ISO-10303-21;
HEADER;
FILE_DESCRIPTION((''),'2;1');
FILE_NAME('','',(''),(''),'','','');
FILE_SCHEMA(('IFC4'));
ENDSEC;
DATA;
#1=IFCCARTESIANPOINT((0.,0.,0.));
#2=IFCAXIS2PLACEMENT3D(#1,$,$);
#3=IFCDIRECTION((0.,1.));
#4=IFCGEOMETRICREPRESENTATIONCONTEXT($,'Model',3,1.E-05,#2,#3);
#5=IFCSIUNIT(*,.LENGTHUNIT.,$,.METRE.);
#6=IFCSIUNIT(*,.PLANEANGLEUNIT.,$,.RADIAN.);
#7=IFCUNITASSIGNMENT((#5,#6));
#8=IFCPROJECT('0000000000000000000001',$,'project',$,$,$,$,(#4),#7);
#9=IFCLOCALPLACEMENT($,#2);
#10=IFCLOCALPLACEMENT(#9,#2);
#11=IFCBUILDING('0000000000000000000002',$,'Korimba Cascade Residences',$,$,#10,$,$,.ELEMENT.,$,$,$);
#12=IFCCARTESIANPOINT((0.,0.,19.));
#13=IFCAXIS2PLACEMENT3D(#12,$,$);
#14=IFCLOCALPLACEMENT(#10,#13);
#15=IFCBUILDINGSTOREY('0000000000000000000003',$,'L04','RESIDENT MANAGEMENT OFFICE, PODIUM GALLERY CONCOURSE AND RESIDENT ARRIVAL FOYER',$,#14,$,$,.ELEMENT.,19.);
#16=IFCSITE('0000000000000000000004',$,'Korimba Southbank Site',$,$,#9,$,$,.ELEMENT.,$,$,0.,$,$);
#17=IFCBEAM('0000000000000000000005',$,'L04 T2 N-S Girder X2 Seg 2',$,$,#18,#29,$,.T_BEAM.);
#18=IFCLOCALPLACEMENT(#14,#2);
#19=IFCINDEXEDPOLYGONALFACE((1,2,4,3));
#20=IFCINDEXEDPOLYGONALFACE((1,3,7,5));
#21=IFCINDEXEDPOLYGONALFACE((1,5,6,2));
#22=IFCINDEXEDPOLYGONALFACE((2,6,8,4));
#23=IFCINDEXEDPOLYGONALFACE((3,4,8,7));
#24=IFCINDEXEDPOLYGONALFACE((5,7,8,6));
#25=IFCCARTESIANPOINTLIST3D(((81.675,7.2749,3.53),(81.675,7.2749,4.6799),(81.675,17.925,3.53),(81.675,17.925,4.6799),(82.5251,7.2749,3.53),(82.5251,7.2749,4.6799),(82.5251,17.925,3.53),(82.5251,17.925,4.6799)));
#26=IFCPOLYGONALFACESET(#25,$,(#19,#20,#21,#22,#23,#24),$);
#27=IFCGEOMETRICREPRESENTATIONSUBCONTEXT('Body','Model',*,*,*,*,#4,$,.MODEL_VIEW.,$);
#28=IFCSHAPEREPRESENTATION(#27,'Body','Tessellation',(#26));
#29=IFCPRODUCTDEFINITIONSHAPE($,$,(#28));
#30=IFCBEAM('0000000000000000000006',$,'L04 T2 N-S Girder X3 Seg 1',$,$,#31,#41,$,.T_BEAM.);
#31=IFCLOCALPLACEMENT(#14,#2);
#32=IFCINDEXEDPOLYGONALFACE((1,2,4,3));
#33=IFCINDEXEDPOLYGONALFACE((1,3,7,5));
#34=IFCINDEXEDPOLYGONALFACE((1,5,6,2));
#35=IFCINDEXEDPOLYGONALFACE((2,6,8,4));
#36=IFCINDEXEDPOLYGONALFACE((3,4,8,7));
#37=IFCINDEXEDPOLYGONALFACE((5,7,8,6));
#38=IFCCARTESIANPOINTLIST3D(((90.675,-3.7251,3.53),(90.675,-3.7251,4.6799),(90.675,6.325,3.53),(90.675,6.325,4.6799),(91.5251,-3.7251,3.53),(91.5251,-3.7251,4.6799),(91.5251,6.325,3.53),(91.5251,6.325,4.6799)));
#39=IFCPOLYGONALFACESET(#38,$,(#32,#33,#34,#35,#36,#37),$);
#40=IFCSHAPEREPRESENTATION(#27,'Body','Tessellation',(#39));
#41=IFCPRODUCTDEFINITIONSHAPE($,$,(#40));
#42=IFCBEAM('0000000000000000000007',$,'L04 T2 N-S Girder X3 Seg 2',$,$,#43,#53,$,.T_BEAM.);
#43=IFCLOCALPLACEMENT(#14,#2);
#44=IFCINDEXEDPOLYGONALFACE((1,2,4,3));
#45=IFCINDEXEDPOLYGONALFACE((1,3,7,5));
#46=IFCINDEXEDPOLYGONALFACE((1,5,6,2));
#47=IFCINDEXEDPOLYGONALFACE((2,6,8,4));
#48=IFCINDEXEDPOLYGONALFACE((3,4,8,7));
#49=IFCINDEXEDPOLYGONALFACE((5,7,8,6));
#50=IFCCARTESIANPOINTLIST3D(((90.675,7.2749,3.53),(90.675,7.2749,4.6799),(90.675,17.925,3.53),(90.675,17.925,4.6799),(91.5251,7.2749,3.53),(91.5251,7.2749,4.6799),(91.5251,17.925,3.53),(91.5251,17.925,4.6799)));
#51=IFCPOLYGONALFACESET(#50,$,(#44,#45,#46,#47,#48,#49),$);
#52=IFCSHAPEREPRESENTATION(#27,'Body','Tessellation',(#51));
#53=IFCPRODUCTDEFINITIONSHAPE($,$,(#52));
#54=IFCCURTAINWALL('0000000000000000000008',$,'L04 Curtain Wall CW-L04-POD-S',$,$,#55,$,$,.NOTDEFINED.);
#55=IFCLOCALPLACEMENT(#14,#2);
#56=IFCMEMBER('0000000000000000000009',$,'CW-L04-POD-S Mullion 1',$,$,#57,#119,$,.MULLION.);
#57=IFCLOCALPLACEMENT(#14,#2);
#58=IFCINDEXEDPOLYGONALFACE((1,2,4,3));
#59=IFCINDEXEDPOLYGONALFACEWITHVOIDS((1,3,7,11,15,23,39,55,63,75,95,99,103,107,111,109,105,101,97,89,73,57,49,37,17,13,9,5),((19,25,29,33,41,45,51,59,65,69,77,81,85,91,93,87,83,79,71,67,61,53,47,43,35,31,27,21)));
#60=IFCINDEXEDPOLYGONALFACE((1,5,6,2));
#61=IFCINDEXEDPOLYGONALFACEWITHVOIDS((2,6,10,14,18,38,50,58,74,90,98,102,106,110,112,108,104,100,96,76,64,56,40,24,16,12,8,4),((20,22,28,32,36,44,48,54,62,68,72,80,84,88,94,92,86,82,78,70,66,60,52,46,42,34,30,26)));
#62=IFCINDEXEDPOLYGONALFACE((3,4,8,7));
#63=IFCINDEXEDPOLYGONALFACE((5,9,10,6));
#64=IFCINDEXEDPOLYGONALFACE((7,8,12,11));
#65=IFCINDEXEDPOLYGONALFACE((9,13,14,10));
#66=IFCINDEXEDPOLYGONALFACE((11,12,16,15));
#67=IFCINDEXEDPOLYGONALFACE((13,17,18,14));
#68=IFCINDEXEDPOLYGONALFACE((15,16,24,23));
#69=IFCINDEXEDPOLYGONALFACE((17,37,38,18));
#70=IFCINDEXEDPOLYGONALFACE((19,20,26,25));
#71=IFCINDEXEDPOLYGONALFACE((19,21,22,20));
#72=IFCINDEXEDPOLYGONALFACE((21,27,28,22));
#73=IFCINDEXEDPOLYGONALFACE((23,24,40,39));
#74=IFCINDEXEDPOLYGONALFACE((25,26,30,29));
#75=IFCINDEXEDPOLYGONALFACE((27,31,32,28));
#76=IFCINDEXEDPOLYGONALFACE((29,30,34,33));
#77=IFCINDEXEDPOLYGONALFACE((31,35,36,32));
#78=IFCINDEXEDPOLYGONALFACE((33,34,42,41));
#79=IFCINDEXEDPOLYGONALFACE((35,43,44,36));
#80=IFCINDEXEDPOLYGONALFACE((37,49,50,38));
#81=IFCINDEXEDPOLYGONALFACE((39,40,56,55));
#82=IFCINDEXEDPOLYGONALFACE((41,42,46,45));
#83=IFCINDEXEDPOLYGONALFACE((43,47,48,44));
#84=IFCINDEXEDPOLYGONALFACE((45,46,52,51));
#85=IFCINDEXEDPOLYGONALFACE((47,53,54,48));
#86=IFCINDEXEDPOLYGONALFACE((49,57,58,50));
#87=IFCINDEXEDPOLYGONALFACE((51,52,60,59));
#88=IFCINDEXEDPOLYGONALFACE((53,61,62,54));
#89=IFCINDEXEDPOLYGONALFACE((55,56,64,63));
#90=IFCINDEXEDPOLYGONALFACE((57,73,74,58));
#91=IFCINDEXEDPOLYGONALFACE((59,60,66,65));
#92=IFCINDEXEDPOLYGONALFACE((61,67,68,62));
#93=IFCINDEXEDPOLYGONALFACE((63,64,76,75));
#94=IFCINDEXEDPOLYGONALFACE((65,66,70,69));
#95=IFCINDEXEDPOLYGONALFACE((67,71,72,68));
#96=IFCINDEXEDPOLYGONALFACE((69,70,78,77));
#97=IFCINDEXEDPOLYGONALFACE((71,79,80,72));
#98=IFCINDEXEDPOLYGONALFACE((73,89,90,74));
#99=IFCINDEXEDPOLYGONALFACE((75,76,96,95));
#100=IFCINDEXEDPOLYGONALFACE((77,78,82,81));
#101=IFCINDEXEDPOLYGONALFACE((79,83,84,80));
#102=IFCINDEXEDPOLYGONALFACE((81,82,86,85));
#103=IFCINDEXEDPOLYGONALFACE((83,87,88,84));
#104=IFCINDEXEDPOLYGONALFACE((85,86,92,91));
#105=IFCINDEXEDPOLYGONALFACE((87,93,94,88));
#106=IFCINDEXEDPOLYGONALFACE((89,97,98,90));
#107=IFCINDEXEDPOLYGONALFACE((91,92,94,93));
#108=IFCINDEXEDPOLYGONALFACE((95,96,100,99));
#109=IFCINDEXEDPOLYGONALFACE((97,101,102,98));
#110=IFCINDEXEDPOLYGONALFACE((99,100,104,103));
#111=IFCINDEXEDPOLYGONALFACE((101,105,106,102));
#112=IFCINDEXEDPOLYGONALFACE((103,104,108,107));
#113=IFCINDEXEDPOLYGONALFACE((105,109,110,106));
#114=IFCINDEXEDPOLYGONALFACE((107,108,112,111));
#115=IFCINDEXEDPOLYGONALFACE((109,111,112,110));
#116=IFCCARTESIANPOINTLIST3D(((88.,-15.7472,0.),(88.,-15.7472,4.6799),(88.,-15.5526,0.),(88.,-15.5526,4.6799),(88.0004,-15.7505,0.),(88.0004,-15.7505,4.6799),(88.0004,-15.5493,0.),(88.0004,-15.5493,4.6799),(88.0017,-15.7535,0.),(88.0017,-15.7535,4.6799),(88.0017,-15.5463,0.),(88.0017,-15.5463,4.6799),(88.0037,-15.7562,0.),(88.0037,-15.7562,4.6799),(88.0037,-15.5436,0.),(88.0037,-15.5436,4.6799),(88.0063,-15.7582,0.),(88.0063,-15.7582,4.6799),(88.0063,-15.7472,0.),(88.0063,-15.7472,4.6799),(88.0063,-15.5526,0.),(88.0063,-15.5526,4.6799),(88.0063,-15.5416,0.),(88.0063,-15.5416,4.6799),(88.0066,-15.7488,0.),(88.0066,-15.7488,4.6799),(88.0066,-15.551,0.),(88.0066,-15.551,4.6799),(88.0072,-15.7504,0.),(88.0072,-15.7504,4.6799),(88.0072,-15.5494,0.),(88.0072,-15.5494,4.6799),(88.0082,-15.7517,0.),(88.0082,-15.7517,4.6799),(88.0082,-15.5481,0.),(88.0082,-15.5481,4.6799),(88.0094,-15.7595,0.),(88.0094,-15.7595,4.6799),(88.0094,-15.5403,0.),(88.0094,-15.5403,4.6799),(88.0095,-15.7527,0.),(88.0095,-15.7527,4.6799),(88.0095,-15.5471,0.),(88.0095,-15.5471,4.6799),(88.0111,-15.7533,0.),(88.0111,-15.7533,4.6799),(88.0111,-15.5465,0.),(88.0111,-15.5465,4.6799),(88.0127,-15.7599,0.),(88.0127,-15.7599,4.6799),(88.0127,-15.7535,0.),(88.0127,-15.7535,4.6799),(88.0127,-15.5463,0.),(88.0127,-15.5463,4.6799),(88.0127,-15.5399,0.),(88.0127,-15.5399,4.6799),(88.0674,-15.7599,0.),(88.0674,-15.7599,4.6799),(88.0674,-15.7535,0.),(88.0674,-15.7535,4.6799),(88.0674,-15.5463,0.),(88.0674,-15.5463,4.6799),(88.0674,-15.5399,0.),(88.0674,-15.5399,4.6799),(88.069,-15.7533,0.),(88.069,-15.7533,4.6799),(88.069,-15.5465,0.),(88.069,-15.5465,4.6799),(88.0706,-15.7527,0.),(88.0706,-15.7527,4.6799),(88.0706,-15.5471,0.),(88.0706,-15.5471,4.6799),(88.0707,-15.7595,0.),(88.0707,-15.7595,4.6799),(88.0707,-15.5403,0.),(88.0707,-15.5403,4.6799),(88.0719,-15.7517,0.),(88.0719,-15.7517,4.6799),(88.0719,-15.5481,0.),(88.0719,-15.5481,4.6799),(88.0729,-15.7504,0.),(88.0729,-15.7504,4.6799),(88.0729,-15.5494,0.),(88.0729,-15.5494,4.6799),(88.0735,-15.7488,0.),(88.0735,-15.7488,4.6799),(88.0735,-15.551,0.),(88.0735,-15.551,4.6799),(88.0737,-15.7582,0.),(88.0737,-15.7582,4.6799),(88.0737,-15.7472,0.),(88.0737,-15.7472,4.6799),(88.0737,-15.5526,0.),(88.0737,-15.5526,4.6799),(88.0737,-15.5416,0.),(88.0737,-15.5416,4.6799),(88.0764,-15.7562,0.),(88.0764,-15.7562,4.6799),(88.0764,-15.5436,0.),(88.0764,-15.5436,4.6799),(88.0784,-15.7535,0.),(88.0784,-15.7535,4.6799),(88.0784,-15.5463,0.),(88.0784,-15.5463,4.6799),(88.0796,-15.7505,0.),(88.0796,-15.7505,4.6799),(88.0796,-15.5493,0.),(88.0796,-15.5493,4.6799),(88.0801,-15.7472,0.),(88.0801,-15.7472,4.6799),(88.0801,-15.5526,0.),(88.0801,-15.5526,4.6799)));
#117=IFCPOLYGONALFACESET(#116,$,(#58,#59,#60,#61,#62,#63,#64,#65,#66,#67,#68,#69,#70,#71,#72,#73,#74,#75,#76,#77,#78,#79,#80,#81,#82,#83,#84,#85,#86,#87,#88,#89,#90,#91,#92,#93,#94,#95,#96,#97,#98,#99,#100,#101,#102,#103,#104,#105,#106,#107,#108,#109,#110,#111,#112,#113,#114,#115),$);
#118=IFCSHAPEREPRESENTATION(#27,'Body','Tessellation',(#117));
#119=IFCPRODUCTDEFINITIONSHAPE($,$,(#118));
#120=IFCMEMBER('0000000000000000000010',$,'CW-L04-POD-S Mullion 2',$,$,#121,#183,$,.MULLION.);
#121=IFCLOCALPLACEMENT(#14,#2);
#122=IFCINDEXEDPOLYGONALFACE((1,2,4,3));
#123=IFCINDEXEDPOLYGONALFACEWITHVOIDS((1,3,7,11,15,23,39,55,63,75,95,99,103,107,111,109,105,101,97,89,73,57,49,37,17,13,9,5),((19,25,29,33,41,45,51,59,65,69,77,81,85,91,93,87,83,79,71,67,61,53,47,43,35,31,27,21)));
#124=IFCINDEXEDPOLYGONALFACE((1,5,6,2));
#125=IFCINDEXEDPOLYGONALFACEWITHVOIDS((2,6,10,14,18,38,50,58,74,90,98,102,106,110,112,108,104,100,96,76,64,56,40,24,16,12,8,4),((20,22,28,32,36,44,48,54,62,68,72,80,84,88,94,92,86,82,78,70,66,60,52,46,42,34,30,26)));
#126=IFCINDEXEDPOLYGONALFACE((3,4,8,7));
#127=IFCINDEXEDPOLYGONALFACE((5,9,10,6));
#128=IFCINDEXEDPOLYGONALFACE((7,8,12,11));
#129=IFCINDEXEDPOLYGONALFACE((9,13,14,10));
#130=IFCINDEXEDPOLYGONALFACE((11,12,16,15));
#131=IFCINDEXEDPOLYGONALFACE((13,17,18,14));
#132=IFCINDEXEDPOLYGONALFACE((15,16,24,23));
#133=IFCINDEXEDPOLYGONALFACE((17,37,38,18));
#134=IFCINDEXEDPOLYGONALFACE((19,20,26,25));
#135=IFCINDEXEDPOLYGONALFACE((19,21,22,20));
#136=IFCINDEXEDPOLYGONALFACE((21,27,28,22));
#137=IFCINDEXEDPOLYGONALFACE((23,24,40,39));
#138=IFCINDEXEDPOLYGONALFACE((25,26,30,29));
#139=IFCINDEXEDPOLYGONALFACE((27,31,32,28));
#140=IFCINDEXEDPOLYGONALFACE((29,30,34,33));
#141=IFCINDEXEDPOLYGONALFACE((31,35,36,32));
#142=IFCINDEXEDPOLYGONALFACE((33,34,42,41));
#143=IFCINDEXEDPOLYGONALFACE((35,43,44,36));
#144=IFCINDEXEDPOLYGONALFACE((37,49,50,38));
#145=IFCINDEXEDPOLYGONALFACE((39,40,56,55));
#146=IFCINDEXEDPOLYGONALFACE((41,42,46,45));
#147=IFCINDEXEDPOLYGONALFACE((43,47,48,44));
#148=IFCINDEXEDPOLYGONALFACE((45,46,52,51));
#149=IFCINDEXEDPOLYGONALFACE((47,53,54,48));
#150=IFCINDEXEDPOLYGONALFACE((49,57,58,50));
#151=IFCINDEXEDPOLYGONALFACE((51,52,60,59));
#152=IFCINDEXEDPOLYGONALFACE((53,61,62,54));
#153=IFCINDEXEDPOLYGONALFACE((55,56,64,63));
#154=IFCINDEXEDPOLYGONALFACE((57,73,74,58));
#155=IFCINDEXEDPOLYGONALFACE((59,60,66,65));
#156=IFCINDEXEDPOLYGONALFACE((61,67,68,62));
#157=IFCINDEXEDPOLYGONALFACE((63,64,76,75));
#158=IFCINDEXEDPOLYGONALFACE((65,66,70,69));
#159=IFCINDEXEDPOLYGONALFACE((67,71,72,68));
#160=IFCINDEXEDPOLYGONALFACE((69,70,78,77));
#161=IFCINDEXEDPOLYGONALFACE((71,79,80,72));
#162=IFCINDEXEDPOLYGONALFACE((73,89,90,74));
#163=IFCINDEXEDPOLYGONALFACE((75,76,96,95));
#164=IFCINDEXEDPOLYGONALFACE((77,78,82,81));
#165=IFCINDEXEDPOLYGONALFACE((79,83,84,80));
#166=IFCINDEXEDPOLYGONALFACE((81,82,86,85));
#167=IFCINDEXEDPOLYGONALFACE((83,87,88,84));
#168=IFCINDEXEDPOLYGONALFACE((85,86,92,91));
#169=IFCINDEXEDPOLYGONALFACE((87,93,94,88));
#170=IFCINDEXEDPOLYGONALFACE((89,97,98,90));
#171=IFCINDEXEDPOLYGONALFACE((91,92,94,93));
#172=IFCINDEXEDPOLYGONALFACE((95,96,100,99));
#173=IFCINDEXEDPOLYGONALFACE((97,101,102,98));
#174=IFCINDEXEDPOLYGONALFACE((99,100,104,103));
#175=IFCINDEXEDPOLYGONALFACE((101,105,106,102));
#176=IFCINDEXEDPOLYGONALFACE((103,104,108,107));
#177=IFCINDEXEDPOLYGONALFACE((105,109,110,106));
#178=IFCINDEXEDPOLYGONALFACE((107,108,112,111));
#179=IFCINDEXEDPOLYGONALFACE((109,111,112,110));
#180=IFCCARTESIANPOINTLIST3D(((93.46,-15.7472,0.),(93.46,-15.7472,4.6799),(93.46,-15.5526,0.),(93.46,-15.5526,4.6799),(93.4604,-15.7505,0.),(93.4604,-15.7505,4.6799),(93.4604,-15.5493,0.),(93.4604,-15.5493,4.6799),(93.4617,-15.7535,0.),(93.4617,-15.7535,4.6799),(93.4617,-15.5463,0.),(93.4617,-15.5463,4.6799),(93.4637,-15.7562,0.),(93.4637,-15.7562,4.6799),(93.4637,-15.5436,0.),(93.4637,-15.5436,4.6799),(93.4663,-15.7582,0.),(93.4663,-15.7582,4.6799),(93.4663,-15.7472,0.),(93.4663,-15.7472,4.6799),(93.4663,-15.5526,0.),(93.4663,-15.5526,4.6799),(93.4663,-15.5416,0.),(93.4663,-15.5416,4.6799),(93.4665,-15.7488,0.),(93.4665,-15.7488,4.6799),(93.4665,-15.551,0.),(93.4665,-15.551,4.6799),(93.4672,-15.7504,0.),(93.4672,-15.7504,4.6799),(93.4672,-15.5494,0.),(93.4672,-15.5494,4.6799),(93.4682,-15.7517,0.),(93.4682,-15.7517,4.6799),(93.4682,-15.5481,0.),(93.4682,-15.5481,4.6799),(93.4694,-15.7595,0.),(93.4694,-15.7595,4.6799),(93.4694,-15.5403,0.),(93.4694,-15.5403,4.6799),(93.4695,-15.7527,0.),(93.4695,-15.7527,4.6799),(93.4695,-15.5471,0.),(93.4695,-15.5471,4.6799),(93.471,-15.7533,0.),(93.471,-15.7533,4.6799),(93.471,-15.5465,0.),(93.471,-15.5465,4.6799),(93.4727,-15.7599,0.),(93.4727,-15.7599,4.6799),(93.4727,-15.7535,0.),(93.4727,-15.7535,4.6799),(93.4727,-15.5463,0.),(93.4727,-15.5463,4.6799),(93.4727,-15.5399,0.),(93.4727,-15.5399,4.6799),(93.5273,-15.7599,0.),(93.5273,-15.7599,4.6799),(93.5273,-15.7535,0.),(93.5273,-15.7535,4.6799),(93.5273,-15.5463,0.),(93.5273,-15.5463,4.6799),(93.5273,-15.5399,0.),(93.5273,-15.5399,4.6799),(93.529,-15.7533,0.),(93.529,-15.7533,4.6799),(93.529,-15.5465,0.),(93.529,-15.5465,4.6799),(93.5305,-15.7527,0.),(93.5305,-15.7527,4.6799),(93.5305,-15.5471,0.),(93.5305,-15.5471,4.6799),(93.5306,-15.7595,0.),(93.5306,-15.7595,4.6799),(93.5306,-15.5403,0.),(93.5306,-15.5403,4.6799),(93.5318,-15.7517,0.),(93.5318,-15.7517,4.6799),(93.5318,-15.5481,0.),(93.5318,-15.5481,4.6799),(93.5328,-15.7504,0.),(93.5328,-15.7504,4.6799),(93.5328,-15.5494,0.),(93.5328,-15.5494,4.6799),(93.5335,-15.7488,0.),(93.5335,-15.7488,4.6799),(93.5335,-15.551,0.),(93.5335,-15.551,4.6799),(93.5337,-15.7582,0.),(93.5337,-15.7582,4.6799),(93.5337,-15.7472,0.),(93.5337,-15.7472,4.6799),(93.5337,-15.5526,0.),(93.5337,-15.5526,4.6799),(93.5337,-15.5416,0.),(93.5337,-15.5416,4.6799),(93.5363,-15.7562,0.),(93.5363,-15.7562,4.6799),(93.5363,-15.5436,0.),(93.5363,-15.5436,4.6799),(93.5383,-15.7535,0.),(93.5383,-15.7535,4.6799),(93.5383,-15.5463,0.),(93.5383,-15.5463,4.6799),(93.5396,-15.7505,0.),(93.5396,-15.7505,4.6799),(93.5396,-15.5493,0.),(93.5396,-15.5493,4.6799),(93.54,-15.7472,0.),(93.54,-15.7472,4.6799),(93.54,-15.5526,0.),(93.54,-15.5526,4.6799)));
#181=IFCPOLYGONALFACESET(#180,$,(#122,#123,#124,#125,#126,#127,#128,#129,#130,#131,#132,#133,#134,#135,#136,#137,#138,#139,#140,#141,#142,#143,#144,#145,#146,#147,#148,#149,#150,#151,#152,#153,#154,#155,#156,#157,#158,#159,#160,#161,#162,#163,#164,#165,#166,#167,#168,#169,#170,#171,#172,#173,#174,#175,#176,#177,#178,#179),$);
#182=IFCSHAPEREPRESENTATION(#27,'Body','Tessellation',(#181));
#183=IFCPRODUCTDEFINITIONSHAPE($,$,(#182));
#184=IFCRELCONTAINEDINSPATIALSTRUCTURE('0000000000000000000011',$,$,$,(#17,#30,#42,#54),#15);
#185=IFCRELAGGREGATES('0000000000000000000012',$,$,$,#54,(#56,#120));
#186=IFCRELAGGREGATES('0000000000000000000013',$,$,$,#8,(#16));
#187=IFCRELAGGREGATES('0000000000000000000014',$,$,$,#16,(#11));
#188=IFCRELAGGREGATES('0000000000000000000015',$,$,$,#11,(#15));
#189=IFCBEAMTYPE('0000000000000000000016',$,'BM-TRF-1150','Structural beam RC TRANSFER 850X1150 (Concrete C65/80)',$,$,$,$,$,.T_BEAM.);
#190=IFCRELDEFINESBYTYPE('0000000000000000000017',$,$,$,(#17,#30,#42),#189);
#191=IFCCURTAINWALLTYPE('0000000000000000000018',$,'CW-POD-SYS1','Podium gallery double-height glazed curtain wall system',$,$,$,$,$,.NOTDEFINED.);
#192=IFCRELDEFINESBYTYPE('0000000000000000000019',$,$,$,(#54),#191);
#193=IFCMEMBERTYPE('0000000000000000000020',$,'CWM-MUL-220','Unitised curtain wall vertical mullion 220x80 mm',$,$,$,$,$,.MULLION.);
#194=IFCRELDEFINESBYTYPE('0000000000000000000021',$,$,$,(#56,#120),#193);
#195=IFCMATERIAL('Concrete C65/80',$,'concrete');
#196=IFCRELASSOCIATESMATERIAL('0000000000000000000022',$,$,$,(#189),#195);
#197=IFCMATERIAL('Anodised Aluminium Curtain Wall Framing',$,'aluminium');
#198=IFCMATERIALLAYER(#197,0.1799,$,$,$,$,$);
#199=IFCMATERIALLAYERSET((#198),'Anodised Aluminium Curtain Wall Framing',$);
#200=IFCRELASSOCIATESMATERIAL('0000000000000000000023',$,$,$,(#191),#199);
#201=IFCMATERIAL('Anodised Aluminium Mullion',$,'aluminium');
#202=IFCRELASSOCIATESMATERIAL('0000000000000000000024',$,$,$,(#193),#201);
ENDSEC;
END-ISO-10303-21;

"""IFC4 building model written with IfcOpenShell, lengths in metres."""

from ifc_helpers import new_model, si_unit, direction, frame, origin, origin_2d, place, context, subcontext, project, spatial, rectangle, hollow_rectangle, extrude, material, layer, layer_set, material_profile, profile_set, type_object, element, aggregate, save


model = new_model("IFC4")

# Units and contexts
model_context = context("Model", 3, precision=1e-05, world=origin(), true_north=direction((0.0, 1.0)))
body_context = subcontext(model_context, "Body", "Model", "MODEL_VIEW")
ifc_project = project(units=[si_unit("LENGTHUNIT", "METRE"), si_unit("PLANEANGLEUNIT", "RADIAN")], contexts=[model_context])

# Site, building, storey
site_placement = place(None, origin())
site = spatial("IfcSite", under=ifc_project, at=site_placement, Name="Korimba Southbank Site", CompositionType="ELEMENT", RefElevation=0.0)
building_placement = place(site_placement, origin())
building = spatial("IfcBuilding", under=site, at=building_placement, Name="Korimba Cascade Residences", CompositionType="ELEMENT")
storey_placement = place(building_placement, frame((0.0, 0.0, 19.0)))
storey = spatial("IfcBuildingStorey", under=building, at=storey_placement, Name="L04", Description="RESIDENT MANAGEMENT OFFICE, PODIUM GALLERY CONCOURSE AND RESIDENT ARRIVAL FOYER", CompositionType="ELEMENT", Elevation=19.0)

# Beams
ifc_material_1 = material(Name="Concrete C65/80", Category="concrete")
ifc_material_profile_1 = material_profile(ifc_material_1, rectangle(XDim=0.8501, YDim=1.1499, at=origin_2d()), Name="Concrete C65/80")
ifc_profile_set_1 = profile_set([ifc_material_profile_1], Name="Concrete C65/80")
beam_type_1 = type_object("IfcBeamType", Name="BM-TRF-1150", Description="Structural beam RC TRANSFER 850X1150 (Concrete C65/80)", PredefinedType="T_BEAM", material=ifc_profile_set_1)
beam_1_placement = place(storey_placement, frame((82.1001, 7.2749, 4.105), z_axis=(0.0, 1.0, 0.0), x_axis=(-1.0, 0.0, 0.0)))
element("IfcBeam", 1, at=beam_1_placement, inside=storey, type_object=beam_type_1, Name="L04 T2 N-S Girder X2 Seg 2", PredefinedType="T_BEAM", context=body_context, shape_type="SweptSolid", body=[
    extrude(rectangle(XDim=0.8501, YDim=1.1499, at=origin_2d()), origin(), (0.0, 0.0, 1.0), 10.6501),
])
beam_2_placement = place(storey_placement, frame((91.1001, -3.7251, 4.105), z_axis=(0.0, 1.0, 0.0), x_axis=(-1.0, 0.0, 0.0)))
element("IfcBeam", 2, at=beam_2_placement, inside=storey, type_object=beam_type_1, Name="L04 T2 N-S Girder X3 Seg 1", PredefinedType="T_BEAM", context=body_context, shape_type="SweptSolid", body=[
    extrude(rectangle(XDim=0.8501, YDim=1.1499, at=origin_2d()), origin(), (0.0, 0.0, 1.0), 10.05),
])
beam_3_placement = place(storey_placement, frame((91.1001, 7.2749, 4.105), z_axis=(0.0, 1.0, 0.0), x_axis=(-1.0, 0.0, 0.0)))
element("IfcBeam", 3, at=beam_3_placement, inside=storey, type_object=beam_type_1, Name="L04 T2 N-S Girder X3 Seg 2", PredefinedType="T_BEAM", context=body_context, shape_type="SweptSolid", body=[
    extrude(rectangle(XDim=0.8501, YDim=1.1499, at=origin_2d()), origin(), (0.0, 0.0, 1.0), 10.6501),
])

# Curtain wall, members
ifc_material_2 = material(Name="Anodised Aluminium Curtain Wall Framing", Category="aluminium")
ifc_layer_1 = layer(ifc_material_2, 0.1799)
ifc_layer_set_1 = layer_set([ifc_layer_1], Name="Anodised Aluminium Curtain Wall Framing")
curtain_wall_type = type_object("IfcCurtainWallType", Name="CW-POD-SYS1", Description="Podium gallery double-height glazed curtain wall system", PredefinedType="NOTDEFINED", material=ifc_layer_set_1)
curtain_wall_placement = place(storey_placement, origin())
curtain_wall = element("IfcCurtainWall", 4, at=curtain_wall_placement, inside=storey, type_object=curtain_wall_type, Name="L04 Curtain Wall CW-L04-POD-S", PredefinedType="NOTDEFINED")
ifc_material_3 = material(Name="Anodised Aluminium Mullion", Category="aluminium")
ifc_material_profile_2 = material_profile(ifc_material_3, hollow_rectangle(XDim=0.0801, YDim=0.22, WallThickness=0.0063, InnerFilletRadius=0.0063, OuterFilletRadius=0.0127, at=origin_2d()), Name="Anodised Aluminium Mullion")
ifc_profile_set_2 = profile_set([ifc_material_profile_2], Name="Anodised Aluminium Mullion")
member_type_1 = type_object("IfcMemberType", Name="CWM-MUL-220", Description="Unitised curtain wall vertical mullion 220x80 mm", PredefinedType="MULLION", material=ifc_profile_set_2)
member_1_placement = place(storey_placement, frame((88.04, -15.6499, 0.0), z_axis=(0.0, 0.0, 1.0), x_axis=(1.0, 0.0, 0.0)))
member_1 = element("IfcMember", 5, at=member_1_placement, type_object=member_type_1, Name="CW-L04-POD-S Mullion 1", PredefinedType="MULLION", context=body_context, shape_type="SweptSolid", body=[
    extrude(hollow_rectangle(XDim=0.0801, YDim=0.22, WallThickness=0.0063, InnerFilletRadius=0.0063, OuterFilletRadius=0.0127, at=origin_2d()), origin(), (0.0, 0.0, 1.0), 4.6799),
])
member_2_placement = place(storey_placement, frame((93.5, -15.6499, 0.0), z_axis=(0.0, 0.0, 1.0), x_axis=(1.0, 0.0, 0.0)))
member_2 = element("IfcMember", 6, at=member_2_placement, type_object=member_type_1, Name="CW-L04-POD-S Mullion 2", PredefinedType="MULLION", context=body_context, shape_type="SweptSolid", body=[
    extrude(hollow_rectangle(XDim=0.0801, YDim=0.22, WallThickness=0.0063, InnerFilletRadius=0.0063, OuterFilletRadius=0.0127, at=origin_2d()), origin(), (0.0, 0.0, 1.0), 4.6799),
])

aggregate(curtain_wall, [member_1, member_2])

save(model, "model.ifc")
